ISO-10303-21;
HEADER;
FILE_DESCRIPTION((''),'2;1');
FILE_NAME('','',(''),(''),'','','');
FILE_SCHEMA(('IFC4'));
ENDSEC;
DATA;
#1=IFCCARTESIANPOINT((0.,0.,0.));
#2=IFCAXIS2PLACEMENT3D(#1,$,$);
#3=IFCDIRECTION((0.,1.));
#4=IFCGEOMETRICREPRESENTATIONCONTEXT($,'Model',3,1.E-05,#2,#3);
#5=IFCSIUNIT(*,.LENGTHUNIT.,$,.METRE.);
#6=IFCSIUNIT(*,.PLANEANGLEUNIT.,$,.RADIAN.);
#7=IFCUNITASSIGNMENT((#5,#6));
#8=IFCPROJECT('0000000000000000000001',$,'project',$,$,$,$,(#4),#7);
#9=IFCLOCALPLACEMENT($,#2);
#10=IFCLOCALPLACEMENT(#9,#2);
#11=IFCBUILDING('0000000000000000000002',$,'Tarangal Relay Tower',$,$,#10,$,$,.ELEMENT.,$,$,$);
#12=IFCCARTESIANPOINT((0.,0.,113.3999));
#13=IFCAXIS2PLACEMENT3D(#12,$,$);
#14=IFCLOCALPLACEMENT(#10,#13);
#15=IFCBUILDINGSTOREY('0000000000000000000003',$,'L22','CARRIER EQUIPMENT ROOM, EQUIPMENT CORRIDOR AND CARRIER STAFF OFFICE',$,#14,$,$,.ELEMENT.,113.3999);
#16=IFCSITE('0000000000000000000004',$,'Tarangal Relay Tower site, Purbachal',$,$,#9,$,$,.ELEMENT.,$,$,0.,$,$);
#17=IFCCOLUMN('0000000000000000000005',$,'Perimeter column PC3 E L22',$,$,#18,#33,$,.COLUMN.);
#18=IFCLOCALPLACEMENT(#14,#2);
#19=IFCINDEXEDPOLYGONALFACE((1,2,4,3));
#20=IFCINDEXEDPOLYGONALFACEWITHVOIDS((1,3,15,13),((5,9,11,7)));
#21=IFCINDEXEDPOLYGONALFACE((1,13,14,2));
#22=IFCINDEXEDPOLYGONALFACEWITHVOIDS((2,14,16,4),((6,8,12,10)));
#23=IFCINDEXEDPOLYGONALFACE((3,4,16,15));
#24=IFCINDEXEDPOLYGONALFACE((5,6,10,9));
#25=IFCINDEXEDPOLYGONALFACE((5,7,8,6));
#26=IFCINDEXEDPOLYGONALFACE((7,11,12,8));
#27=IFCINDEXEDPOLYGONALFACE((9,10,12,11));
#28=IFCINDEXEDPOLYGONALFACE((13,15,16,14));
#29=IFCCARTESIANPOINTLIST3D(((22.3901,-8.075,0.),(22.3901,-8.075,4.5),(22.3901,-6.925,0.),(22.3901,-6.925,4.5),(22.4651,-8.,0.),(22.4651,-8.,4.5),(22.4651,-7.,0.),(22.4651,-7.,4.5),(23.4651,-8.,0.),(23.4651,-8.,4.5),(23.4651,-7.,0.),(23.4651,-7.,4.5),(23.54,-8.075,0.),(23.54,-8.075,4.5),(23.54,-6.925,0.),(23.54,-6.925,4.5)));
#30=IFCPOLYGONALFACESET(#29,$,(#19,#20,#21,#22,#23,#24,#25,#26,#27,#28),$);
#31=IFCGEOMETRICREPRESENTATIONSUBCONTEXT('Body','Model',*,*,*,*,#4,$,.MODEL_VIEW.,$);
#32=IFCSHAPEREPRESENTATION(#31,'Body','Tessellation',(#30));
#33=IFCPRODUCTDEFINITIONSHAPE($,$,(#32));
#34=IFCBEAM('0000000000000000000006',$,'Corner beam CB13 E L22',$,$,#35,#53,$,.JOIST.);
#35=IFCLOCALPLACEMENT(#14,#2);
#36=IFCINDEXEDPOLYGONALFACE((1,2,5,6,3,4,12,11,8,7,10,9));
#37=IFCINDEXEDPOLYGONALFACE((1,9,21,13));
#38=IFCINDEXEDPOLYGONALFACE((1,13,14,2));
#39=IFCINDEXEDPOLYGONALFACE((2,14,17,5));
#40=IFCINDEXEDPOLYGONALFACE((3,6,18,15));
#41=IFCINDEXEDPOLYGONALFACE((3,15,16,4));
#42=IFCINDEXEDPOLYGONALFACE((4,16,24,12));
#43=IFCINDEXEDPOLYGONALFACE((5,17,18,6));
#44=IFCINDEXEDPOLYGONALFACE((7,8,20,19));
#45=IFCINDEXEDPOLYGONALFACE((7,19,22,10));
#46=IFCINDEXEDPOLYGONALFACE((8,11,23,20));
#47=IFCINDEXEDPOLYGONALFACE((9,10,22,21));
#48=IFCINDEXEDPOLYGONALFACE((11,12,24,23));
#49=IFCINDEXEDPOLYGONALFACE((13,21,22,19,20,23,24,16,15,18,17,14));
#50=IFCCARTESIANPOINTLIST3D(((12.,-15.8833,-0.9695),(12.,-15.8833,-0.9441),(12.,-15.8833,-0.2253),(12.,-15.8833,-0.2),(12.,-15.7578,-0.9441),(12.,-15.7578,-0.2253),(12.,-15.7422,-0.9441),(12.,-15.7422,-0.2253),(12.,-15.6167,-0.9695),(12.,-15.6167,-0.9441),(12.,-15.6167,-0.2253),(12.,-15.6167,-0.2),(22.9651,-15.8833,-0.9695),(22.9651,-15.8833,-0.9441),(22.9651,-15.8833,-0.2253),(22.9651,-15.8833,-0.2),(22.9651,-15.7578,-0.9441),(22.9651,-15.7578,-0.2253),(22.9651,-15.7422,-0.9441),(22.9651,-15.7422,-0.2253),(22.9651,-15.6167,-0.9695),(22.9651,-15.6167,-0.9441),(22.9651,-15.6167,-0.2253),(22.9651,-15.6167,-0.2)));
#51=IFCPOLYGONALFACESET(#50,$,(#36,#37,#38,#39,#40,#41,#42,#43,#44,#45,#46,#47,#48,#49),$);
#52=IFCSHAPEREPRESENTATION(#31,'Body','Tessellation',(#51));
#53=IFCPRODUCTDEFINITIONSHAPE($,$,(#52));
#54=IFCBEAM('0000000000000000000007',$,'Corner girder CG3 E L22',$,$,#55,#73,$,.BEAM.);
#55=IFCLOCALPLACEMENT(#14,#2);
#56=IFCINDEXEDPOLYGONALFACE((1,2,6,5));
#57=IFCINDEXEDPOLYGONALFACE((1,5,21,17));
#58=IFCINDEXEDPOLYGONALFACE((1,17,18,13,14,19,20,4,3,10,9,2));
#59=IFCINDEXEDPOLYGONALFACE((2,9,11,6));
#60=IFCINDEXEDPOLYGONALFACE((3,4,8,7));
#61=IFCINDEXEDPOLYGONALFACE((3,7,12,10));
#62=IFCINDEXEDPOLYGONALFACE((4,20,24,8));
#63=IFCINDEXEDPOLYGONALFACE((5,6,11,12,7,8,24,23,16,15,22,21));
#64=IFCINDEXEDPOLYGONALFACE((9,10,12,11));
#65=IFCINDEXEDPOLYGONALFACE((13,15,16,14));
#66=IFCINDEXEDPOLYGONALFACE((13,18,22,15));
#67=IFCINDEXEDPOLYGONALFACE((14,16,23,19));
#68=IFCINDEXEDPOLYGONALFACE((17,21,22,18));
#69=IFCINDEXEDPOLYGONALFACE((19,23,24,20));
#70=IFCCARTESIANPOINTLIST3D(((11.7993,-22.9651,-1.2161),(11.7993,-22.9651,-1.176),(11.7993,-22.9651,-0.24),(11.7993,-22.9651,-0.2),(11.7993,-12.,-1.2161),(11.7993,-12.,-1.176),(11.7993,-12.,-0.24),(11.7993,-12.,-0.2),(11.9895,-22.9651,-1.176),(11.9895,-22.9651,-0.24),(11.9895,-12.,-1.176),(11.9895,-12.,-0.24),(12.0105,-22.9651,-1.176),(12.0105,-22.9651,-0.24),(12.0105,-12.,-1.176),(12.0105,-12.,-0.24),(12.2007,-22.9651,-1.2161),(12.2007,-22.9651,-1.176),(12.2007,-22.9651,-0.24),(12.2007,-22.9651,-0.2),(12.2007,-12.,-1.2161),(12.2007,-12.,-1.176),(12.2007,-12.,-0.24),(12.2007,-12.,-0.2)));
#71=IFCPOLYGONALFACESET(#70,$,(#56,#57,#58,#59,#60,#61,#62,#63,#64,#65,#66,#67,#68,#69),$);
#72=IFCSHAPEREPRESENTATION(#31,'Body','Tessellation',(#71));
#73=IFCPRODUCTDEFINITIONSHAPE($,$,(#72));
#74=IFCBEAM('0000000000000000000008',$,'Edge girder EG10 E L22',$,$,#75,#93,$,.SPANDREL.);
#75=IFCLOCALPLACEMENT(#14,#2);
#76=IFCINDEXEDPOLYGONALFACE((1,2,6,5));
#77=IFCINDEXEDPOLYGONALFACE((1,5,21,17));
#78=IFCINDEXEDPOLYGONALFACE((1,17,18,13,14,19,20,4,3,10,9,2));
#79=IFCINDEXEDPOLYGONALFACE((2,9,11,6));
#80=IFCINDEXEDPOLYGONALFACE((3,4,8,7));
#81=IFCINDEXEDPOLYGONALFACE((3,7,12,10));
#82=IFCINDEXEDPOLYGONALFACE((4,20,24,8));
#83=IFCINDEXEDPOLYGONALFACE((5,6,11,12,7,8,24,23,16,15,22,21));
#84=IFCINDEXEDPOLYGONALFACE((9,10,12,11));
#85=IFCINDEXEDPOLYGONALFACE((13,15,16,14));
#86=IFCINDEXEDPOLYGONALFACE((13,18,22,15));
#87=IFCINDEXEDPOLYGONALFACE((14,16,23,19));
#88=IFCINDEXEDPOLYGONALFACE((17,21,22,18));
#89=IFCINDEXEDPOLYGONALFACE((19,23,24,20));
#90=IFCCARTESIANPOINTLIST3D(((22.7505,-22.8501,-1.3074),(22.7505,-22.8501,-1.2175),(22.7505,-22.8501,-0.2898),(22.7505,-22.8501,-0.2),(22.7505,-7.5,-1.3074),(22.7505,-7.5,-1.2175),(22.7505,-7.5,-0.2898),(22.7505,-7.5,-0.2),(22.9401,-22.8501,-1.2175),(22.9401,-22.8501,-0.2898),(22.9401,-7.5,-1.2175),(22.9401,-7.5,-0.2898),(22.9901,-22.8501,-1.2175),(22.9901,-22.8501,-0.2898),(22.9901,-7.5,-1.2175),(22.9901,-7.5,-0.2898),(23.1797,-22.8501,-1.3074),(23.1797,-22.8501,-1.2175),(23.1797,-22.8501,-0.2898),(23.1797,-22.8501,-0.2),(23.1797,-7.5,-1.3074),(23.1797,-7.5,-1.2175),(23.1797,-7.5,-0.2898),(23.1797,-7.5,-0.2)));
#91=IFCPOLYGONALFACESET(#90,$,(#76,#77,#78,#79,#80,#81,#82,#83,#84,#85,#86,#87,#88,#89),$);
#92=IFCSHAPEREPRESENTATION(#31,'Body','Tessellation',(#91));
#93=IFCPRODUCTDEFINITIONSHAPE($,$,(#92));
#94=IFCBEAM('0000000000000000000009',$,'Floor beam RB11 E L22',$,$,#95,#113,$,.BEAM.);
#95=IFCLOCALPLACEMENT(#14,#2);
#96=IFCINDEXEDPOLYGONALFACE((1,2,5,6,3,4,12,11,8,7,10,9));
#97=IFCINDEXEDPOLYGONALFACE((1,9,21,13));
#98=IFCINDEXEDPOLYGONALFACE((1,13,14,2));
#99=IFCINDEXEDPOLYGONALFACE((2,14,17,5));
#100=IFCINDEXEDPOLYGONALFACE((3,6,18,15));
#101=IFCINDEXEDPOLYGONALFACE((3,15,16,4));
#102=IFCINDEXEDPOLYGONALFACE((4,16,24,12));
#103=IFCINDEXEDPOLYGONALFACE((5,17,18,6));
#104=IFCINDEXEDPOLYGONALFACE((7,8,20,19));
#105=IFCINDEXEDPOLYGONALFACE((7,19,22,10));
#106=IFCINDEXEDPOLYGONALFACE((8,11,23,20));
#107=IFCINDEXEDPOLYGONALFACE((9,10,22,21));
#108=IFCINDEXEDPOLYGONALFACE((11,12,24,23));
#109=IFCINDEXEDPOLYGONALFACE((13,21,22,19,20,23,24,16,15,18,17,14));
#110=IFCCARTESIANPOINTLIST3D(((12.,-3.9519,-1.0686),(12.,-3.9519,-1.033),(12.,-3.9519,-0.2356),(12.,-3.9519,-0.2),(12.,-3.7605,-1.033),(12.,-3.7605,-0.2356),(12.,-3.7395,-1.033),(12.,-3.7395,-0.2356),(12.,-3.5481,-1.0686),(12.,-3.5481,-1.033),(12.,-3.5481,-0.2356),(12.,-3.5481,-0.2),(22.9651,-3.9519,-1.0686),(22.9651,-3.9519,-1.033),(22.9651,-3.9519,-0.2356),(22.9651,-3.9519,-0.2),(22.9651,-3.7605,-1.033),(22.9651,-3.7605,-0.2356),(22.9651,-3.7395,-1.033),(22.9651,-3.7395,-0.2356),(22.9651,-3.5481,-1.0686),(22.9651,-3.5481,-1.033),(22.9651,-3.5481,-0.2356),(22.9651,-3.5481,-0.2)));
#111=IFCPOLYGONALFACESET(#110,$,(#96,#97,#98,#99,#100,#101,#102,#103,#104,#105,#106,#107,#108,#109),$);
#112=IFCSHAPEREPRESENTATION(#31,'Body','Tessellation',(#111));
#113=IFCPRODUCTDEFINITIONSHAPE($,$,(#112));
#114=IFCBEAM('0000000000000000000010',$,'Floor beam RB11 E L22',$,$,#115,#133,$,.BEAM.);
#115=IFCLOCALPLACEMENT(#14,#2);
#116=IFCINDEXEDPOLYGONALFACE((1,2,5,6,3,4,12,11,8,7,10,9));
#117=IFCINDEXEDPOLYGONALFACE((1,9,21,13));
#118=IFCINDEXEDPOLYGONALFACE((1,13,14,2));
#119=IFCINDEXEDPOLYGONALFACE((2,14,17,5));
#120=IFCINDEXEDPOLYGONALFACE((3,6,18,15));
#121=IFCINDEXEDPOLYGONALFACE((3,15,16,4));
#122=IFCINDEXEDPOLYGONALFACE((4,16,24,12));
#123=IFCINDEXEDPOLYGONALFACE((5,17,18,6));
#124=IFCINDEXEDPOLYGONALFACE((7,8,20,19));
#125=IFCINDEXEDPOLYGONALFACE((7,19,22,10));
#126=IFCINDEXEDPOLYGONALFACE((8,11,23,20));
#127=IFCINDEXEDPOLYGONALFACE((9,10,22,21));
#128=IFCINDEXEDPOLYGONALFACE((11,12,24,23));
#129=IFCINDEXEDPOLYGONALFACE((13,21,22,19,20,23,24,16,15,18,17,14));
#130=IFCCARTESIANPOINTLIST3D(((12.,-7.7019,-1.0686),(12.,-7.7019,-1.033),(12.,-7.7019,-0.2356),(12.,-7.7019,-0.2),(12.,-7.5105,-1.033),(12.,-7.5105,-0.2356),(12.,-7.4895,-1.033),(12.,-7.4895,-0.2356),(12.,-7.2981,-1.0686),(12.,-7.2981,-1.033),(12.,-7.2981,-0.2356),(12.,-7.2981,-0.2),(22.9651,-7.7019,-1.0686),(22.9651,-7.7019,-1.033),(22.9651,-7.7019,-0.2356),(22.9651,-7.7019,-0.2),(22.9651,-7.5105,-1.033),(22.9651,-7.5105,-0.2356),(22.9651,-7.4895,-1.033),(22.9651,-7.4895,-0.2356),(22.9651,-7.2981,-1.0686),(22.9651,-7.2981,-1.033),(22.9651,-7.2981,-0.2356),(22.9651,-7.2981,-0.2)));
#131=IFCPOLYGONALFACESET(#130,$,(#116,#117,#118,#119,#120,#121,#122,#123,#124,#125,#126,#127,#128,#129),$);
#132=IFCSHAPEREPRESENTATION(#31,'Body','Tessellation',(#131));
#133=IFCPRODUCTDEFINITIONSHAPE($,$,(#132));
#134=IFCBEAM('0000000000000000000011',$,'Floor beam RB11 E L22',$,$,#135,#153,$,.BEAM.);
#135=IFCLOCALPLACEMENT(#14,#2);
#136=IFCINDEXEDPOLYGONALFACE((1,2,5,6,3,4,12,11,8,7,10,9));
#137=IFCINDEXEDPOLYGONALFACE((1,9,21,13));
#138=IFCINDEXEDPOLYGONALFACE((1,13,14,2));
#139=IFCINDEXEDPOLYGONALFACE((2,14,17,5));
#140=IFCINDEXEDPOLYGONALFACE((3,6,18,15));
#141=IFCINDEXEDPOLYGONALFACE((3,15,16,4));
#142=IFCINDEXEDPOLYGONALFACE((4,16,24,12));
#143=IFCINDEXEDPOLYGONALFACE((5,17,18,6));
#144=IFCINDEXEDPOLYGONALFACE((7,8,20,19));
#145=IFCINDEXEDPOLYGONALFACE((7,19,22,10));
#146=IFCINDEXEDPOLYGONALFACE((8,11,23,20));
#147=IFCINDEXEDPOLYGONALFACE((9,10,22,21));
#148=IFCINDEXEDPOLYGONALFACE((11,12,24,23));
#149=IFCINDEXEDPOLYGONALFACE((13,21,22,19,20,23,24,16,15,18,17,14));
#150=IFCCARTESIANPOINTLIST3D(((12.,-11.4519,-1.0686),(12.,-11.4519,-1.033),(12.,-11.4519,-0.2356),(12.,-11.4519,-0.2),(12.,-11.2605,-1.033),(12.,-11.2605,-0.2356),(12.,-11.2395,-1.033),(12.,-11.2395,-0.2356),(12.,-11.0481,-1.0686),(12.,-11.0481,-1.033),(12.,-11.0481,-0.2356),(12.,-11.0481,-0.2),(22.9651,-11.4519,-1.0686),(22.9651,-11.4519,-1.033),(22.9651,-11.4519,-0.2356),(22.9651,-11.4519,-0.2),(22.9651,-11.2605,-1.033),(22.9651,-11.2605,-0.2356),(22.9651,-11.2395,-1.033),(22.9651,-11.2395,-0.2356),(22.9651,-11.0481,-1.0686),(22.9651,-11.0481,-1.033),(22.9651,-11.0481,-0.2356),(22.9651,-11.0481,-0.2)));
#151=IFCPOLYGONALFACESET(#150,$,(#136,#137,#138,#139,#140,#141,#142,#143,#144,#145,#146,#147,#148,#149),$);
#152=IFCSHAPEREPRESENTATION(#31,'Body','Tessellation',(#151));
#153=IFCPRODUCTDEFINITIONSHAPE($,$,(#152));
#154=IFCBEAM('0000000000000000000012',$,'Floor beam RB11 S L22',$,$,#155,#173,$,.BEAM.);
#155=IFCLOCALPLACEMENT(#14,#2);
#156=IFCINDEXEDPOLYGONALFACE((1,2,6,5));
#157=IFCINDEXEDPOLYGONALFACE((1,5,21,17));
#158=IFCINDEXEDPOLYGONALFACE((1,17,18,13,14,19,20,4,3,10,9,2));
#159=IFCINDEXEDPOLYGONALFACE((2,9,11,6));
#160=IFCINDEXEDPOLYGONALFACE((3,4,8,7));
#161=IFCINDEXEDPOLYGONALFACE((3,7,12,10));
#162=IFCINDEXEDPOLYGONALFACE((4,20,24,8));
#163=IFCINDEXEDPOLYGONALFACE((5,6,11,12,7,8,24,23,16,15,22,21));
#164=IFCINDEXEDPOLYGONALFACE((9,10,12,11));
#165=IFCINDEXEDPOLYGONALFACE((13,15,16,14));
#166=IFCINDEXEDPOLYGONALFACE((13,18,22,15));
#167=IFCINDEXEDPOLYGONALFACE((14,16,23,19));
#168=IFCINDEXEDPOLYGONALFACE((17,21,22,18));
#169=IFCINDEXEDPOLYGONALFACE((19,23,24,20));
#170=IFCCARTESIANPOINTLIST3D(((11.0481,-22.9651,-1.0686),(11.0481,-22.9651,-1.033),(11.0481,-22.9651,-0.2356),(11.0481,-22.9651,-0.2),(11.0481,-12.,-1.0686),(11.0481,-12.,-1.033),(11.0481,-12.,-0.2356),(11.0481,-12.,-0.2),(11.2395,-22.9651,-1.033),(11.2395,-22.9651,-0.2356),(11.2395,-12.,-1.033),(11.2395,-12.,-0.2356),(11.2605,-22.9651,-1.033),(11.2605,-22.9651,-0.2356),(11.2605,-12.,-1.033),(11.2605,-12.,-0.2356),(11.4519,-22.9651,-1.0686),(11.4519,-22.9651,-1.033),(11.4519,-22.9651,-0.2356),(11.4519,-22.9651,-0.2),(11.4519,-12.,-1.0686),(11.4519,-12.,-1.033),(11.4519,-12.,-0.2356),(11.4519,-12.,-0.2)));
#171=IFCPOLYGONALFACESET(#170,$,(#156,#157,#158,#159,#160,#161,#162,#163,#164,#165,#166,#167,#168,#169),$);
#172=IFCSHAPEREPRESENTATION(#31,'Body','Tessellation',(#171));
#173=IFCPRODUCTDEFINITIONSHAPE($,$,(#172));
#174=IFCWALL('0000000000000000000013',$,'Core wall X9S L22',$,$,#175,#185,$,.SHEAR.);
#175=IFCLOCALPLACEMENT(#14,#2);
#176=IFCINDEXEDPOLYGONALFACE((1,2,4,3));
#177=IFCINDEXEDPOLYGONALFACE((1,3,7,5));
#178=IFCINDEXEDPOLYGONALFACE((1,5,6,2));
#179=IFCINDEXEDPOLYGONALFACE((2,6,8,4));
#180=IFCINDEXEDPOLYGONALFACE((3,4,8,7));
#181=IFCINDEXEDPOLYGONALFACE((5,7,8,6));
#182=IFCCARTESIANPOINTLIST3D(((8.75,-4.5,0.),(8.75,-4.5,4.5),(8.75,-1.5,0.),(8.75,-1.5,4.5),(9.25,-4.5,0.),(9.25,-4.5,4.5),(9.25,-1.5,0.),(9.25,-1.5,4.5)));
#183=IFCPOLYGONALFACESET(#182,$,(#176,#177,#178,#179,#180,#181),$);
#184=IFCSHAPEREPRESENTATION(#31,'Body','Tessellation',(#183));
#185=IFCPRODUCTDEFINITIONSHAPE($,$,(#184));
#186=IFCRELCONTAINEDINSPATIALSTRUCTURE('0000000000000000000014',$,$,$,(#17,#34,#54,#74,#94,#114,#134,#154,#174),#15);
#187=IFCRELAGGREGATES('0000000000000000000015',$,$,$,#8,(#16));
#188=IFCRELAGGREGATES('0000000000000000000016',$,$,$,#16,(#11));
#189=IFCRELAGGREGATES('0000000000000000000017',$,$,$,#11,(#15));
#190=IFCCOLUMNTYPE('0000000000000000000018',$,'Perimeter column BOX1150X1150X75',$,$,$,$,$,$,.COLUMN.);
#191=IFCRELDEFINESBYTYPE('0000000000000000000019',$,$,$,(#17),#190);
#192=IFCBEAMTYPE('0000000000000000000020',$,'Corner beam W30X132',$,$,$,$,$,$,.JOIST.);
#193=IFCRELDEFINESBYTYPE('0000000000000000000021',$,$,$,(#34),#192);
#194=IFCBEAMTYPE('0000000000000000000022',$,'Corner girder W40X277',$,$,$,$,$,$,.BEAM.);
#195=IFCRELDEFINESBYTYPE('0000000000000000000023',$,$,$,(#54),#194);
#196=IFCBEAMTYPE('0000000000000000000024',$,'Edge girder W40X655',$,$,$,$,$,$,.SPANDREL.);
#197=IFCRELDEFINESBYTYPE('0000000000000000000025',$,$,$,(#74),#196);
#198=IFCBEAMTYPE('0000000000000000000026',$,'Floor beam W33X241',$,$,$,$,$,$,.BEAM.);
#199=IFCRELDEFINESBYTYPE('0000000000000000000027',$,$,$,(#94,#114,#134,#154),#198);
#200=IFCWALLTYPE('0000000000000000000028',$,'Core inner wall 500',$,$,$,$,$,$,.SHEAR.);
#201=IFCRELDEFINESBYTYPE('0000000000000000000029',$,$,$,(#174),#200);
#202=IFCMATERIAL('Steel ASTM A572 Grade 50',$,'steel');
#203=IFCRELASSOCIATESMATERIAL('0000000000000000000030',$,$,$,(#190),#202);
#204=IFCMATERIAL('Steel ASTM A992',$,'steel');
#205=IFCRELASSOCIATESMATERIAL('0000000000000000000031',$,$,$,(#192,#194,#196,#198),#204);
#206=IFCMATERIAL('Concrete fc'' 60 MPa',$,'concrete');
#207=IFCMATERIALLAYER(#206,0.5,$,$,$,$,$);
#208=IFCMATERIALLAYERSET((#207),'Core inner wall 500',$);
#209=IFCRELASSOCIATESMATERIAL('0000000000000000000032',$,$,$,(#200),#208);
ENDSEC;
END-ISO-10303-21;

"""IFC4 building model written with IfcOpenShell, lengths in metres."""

from ifc_helpers import new_model, si_unit, direction, frame, frame_2d, origin, origin_2d, place, context, subcontext, project, spatial, rectangle, hollow_rectangle, i_section, extrude, material, layer, layer_set, material_profile, profile_set, type_object, element, save


model = new_model("IFC4")

# Units and contexts
model_context = context("Model", 3, precision=1e-05, world=origin(), true_north=direction((0.0, 1.0)))
body_context = subcontext(model_context, "Body", "Model", "MODEL_VIEW")
ifc_project = project(units=[si_unit("LENGTHUNIT", "METRE"), si_unit("PLANEANGLEUNIT", "RADIAN")], contexts=[model_context])

# Site, building, storey
site_placement = place(None, origin())
site = spatial("IfcSite", under=ifc_project, at=site_placement, Name="Tarangal Relay Tower site, Purbachal", CompositionType="ELEMENT", RefElevation=0.0)
building_placement = place(site_placement, origin())
building = spatial("IfcBuilding", under=site, at=building_placement, Name="Tarangal Relay Tower", CompositionType="ELEMENT")
storey_placement = place(building_placement, frame((0.0, 0.0, 113.3999)))
storey = spatial("IfcBuildingStorey", under=building, at=storey_placement, Name="L22", Description="CARRIER EQUIPMENT ROOM, EQUIPMENT CORRIDOR AND CARRIER STAFF OFFICE", CompositionType="ELEMENT", Elevation=113.3999)

# Column
ifc_material_1 = material(Name="Steel ASTM A572 Grade 50", Category="steel")
ifc_material_profile_1 = material_profile(ifc_material_1, hollow_rectangle(XDim=1.1499, YDim=1.1499, WallThickness=0.075, at=origin_2d()), Name="BOX1150X1150X75")
ifc_profile_set_1 = profile_set([ifc_material_profile_1], Name="Steel ASTM A572 Grade 50")
column_type = type_object("IfcColumnType", Name="Perimeter column BOX1150X1150X75", PredefinedType="COLUMN", material=ifc_profile_set_1)
column_placement = place(storey_placement, frame((22.9651, -7.5, 0.0), z_axis=(0.0, 0.0, 1.0), x_axis=(1.0, 0.0, 0.0)))
element("IfcColumn", 1, at=column_placement, inside=storey, type_object=column_type, Name="Perimeter column PC3 E L22", PredefinedType="COLUMN", context=body_context, shape_type="SweptSolid", body=[
    extrude(hollow_rectangle(XDim=1.1499, YDim=1.1499, WallThickness=0.075, at=origin_2d()), origin(), (0.0, 0.0, 1.0), 4.5),
])

# Beams
ifc_material_2 = material(Name="Steel ASTM A992", Category="steel")
ifc_material_profile_2 = material_profile(ifc_material_2, i_section(OverallWidth=0.2666, OverallDepth=0.7695, WebThickness=0.0156, FlangeThickness=0.0254, at=origin_2d()), Name="W30X132")
ifc_profile_set_2 = profile_set([ifc_material_profile_2], Name="Steel ASTM A992")
beam_type_1 = type_object("IfcBeamType", Name="Corner beam W30X132", PredefinedType="JOIST", material=ifc_profile_set_2)
beam_1_placement = place(storey_placement, frame((12.0, -15.75, -0.5847), z_axis=(1.0, 0.0, 0.0), x_axis=(0.0, 1.0, 0.0)))
element("IfcBeam", 2, at=beam_1_placement, inside=storey, type_object=beam_type_1, Name="Corner beam CB13 E L22", PredefinedType="JOIST", context=body_context, shape_type="SweptSolid", body=[
    extrude(i_section(OverallWidth=0.2666, OverallDepth=0.7695, WebThickness=0.0156, FlangeThickness=0.0254, at=origin_2d()), origin(), (0.0, 0.0, 1.0), 10.9651),
])
ifc_material_profile_3 = material_profile(ifc_material_2, i_section(OverallWidth=0.4014, OverallDepth=1.0161, WebThickness=0.021, FlangeThickness=0.04, at=origin_2d()), Name="W40X277")
ifc_profile_set_3 = profile_set([ifc_material_profile_3], Name="Steel ASTM A992")
beam_type_2 = type_object("IfcBeamType", Name="Corner girder W40X277", PredefinedType="BEAM", material=ifc_profile_set_3)
beam_2_placement = place(storey_placement, frame((12.0, -12.0, -0.708), z_axis=(0.0, -1.0, 0.0), x_axis=(1.0, 0.0, 0.0)))
element("IfcBeam", 3, at=beam_2_placement, inside=storey, type_object=beam_type_2, Name="Corner girder CG3 E L22", PredefinedType="BEAM", context=body_context, shape_type="SweptSolid", body=[
    extrude(i_section(OverallWidth=0.4014, OverallDepth=1.0161, WebThickness=0.021, FlangeThickness=0.04, at=origin_2d()), origin(), (0.0, 0.0, 1.0), 10.9651),
])
ifc_material_profile_4 = material_profile(ifc_material_2, i_section(OverallWidth=0.4292, OverallDepth=1.1074, WebThickness=0.05, FlangeThickness=0.0898, at=origin_2d()), Name="W40X655")
ifc_profile_set_4 = profile_set([ifc_material_profile_4], Name="Steel ASTM A992")
beam_type_3 = type_object("IfcBeamType", Name="Edge girder W40X655", PredefinedType="SPANDREL", material=ifc_profile_set_4)
beam_3_placement = place(storey_placement, frame((22.9651, -7.5, -0.7537), z_axis=(0.0, -1.0, 0.0), x_axis=(1.0, 0.0, 0.0)))
element("IfcBeam", 4, at=beam_3_placement, inside=storey, type_object=beam_type_3, Name="Edge girder EG10 E L22", PredefinedType="SPANDREL", context=body_context, shape_type="SweptSolid", body=[
    extrude(i_section(OverallWidth=0.4292, OverallDepth=1.1074, WebThickness=0.05, FlangeThickness=0.0898, at=origin_2d()), origin(), (0.0, 0.0, 1.0), 15.3501),
])
ifc_material_profile_5 = material_profile(ifc_material_2, i_section(OverallWidth=0.4038, OverallDepth=0.8687, WebThickness=0.021, FlangeThickness=0.0356, at=origin_2d()), Name="W33X241")
ifc_profile_set_5 = profile_set([ifc_material_profile_5], Name="Steel ASTM A992")
beam_type_4 = type_object("IfcBeamType", Name="Floor beam W33X241", PredefinedType="BEAM", material=ifc_profile_set_5)
for number, where, z_axis, x_axis, name in (
    (5, (12.0, -3.75, -0.6343), (1.0, 0.0, 0.0), (0.0, 1.0, 0.0), "Floor beam RB11 E L22"),
    (6, (12.0, -7.5, -0.6343), (1.0, 0.0, 0.0), (0.0, 1.0, 0.0), "Floor beam RB11 E L22"),
    (7, (12.0, -11.25, -0.6343), (1.0, 0.0, 0.0), (0.0, 1.0, 0.0), "Floor beam RB11 E L22"),
    (8, (11.25, -12.0, -0.6343), (0.0, -1.0, 0.0), (1.0, 0.0, 0.0), "Floor beam RB11 S L22"),
):
    element("IfcBeam", number, at=place(storey_placement, frame(where, z_axis=z_axis, x_axis=x_axis)), inside=storey, type_object=beam_type_4, Name=name, PredefinedType="BEAM", context=body_context, shape_type="SweptSolid", body=[
        extrude(i_section(OverallWidth=0.4038, OverallDepth=0.8687, WebThickness=0.021, FlangeThickness=0.0356, at=origin_2d()), origin(), (0.0, 0.0, 1.0), 10.9651),
    ])

# Wall
ifc_material_3 = material(Name="Concrete fc' 60 MPa", Category="concrete")
ifc_layer_1 = layer(ifc_material_3, 0.5)
ifc_layer_set_1 = layer_set([ifc_layer_1], Name="Core inner wall 500")
wall_type_1 = type_object("IfcWallType", Name="Core inner wall 500", PredefinedType="SHEAR", material=ifc_layer_set_1)
wall_1_placement = place(storey_placement, frame((9.0, -4.5, 0.0), z_axis=(0.0, 0.0, 1.0), x_axis=(0.0, 1.0, 0.0)))
element("IfcWall", 9, at=wall_1_placement, inside=storey, type_object=wall_type_1, Name="Core wall X9S L22", PredefinedType="SHEAR", context=body_context, shape_type="SweptSolid", body=[
    extrude(rectangle(XDim=3.0, YDim=0.5, at=frame_2d((1.5, 0.0))), origin(), (0.0, 0.0, 1.0), 4.5),
])

save(model, "model.ifc")
